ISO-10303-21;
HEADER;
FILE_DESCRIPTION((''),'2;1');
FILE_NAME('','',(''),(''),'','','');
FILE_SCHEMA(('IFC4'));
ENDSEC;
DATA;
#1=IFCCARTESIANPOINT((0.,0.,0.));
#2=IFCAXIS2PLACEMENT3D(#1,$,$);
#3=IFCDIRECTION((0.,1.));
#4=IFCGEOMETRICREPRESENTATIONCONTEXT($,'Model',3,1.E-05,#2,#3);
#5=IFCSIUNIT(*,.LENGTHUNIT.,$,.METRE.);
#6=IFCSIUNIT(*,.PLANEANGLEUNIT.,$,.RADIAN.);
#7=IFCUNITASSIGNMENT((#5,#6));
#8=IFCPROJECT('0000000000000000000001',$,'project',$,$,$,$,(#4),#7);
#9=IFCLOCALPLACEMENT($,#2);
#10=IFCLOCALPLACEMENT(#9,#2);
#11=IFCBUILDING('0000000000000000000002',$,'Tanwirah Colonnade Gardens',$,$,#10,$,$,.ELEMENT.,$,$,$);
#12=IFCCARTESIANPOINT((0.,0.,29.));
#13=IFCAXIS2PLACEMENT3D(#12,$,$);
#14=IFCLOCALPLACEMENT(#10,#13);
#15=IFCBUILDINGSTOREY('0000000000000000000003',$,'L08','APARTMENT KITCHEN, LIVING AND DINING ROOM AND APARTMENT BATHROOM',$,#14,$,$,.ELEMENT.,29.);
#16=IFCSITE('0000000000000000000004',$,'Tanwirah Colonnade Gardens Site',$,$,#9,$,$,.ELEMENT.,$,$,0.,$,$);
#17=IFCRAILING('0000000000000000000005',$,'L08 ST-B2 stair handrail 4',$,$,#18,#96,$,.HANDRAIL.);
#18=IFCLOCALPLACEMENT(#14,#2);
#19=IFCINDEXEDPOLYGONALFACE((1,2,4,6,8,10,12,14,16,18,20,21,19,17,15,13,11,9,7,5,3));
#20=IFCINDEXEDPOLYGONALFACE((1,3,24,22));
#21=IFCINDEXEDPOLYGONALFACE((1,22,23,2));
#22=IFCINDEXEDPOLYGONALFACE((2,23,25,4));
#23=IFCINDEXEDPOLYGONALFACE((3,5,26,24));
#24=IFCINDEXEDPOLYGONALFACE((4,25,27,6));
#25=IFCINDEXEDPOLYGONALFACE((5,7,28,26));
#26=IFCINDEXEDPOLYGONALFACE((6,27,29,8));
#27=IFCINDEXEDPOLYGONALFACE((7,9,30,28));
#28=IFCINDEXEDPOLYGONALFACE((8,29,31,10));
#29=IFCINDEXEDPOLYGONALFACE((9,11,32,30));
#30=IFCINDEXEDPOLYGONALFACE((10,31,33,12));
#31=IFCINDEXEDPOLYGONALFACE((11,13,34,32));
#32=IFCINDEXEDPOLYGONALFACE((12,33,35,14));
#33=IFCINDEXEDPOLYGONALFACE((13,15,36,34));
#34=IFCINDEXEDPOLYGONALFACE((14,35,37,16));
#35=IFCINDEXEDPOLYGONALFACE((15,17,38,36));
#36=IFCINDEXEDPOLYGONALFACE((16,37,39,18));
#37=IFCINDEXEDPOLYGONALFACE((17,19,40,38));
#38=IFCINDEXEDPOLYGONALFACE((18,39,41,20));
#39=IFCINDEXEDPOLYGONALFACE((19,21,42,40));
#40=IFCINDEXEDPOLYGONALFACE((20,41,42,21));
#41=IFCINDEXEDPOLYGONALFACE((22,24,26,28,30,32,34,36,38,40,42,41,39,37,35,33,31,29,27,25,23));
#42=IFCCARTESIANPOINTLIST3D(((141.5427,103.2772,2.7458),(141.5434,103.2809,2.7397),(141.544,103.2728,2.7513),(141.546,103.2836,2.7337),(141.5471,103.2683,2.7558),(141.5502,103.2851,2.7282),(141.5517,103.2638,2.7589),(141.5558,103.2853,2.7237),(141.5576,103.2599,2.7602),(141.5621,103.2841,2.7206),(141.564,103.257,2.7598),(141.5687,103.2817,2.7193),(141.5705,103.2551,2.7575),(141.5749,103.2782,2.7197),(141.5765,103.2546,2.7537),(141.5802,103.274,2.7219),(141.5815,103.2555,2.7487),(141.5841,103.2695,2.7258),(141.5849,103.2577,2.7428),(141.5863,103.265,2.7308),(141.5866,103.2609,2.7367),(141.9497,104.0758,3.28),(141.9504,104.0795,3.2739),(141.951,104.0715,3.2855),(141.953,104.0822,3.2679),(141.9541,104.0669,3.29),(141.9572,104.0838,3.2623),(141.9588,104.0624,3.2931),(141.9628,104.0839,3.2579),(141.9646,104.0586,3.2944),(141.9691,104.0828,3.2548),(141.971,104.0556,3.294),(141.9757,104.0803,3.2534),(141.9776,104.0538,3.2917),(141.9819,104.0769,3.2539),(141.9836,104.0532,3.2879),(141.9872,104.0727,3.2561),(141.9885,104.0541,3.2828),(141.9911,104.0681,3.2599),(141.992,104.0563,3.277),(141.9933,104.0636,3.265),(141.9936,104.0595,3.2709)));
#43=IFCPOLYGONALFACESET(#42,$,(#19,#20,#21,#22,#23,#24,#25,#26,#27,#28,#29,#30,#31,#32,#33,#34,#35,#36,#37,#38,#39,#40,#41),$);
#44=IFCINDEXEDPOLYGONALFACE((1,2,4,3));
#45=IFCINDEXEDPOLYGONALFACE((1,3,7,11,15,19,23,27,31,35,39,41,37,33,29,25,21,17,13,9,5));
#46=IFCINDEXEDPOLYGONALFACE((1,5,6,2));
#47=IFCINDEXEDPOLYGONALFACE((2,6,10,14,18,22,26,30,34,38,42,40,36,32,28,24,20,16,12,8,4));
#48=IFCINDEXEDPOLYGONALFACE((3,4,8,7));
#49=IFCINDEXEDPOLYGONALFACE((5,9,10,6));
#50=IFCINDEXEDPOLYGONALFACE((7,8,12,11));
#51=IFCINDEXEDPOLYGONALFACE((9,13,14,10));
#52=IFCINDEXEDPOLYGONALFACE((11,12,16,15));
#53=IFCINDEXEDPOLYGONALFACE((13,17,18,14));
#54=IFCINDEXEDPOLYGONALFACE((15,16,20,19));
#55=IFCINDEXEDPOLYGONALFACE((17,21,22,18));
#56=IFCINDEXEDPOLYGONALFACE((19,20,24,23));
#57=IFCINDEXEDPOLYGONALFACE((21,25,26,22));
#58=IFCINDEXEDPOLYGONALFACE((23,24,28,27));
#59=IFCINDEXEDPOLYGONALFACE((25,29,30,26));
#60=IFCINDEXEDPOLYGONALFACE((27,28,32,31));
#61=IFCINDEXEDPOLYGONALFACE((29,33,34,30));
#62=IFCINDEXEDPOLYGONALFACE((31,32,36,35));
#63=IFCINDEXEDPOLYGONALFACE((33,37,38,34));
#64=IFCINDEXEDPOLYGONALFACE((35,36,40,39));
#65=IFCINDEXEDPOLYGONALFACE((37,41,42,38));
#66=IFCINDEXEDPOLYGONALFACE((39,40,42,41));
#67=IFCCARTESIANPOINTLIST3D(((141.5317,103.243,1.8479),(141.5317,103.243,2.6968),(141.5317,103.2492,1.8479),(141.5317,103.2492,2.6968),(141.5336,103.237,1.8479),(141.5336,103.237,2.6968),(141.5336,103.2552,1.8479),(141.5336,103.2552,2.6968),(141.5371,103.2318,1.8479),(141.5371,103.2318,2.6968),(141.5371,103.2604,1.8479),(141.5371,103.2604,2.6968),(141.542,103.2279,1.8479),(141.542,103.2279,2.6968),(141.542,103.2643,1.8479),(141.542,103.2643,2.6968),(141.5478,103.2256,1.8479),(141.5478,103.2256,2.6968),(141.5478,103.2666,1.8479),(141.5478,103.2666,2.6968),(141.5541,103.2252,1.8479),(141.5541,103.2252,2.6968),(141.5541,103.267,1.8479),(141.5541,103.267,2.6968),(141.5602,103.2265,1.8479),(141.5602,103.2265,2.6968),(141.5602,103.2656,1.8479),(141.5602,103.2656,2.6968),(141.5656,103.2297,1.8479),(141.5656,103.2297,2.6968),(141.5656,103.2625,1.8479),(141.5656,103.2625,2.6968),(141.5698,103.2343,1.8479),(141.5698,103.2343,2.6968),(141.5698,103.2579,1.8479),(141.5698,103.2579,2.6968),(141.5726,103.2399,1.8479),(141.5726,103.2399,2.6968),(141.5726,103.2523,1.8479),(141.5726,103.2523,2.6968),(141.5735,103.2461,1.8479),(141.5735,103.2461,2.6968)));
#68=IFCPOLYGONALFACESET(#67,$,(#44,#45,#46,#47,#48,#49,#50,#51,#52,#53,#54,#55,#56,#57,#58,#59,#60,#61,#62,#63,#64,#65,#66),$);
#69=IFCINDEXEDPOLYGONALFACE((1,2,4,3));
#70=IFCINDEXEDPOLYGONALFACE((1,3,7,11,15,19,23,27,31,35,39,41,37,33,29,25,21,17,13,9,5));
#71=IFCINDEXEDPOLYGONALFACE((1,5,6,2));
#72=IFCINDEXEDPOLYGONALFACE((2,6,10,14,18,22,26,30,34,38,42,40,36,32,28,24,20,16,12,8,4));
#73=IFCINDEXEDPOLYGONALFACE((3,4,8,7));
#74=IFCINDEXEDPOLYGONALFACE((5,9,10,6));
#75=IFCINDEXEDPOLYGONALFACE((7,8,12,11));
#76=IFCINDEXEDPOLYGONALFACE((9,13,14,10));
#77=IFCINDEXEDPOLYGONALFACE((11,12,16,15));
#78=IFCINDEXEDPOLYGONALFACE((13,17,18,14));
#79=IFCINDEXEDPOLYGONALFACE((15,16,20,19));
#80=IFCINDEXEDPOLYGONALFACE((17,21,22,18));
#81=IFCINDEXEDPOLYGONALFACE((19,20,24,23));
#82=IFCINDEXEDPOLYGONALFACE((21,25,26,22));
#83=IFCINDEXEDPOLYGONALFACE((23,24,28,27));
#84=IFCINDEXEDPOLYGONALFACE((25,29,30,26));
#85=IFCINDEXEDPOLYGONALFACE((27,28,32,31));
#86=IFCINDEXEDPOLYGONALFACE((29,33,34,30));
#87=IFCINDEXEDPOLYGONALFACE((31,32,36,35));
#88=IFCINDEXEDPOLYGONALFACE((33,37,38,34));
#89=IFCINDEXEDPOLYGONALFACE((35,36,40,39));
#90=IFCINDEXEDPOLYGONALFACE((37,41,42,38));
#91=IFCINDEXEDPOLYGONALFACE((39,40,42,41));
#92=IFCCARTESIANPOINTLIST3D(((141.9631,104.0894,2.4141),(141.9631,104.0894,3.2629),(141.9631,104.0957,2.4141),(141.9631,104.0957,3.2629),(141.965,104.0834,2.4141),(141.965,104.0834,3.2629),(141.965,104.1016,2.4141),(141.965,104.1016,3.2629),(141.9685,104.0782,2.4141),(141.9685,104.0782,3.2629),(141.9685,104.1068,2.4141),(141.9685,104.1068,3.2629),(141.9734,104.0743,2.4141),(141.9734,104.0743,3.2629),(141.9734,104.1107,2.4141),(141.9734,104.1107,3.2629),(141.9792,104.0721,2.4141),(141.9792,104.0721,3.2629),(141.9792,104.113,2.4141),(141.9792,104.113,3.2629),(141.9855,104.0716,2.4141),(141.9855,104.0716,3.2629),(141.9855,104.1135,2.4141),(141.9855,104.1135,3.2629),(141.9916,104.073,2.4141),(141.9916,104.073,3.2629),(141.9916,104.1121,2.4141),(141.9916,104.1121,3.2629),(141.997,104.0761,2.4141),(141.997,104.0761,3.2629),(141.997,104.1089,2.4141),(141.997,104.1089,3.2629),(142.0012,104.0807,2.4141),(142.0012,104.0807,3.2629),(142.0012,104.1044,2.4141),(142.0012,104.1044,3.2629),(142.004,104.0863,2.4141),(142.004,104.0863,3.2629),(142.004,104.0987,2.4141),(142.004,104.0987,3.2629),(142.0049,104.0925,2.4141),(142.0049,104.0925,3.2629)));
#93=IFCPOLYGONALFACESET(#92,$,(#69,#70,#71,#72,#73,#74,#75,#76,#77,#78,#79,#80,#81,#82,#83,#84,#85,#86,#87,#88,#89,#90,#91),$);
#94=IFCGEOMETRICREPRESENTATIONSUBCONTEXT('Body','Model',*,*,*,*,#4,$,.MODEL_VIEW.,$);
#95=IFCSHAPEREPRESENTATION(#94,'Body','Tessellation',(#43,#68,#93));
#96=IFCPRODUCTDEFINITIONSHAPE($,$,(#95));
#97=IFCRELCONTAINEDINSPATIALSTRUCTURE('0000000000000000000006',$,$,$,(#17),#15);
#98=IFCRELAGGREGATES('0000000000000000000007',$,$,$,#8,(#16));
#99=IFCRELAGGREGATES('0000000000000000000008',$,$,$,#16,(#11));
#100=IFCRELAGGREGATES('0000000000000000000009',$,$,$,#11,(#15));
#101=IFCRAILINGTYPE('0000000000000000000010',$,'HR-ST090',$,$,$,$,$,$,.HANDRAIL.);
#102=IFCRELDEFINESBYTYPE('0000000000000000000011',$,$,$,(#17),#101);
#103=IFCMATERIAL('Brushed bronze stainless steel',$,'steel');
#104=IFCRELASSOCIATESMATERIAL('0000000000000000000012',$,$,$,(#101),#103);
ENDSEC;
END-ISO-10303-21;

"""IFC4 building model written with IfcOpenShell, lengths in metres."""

from ifc_helpers import new_model, si_unit, direction, frame, origin, origin_2d, place, context, subcontext, project, spatial, circle, extrude, material, type_object, element, save


model = new_model("IFC4")

# Units and contexts
model_context = context("Model", 3, precision=1e-05, world=origin(), true_north=direction((0.0, 1.0)))
body_context = subcontext(model_context, "Body", "Model", "MODEL_VIEW")
ifc_project = project(units=[si_unit("LENGTHUNIT", "METRE"), si_unit("PLANEANGLEUNIT", "RADIAN")], contexts=[model_context])

# Site, building, storey
site_placement = place(None, origin())
site = spatial("IfcSite", under=ifc_project, at=site_placement, Name="Tanwirah Colonnade Gardens Site", CompositionType="ELEMENT", RefElevation=0.0)
building_placement = place(site_placement, origin())
building = spatial("IfcBuilding", under=site, at=building_placement, Name="Tanwirah Colonnade Gardens", CompositionType="ELEMENT")
storey_placement = place(building_placement, frame((0.0, 0.0, 29.0)))
storey = spatial("IfcBuildingStorey", under=building, at=storey_placement, Name="L08", Description="APARTMENT KITCHEN, LIVING AND DINING ROOM AND APARTMENT BATHROOM", CompositionType="ELEMENT", Elevation=29.0)

# Railing
ifc_material_1 = material(Name="Brushed bronze stainless steel", Category="steel")
railing_type_1 = type_object("IfcRailingType", Name="HR-ST090", PredefinedType="HANDRAIL", material=ifc_material_1)
railing_1_placement = place(storey_placement, frame((141.5525, 103.2461, 1.8479)))
element("IfcRailing", 1, at=railing_1_placement, inside=storey, type_object=railing_type_1, Name="L08 ST-B2 stair handrail 4", PredefinedType="HANDRAIL", context=body_context, shape_type="SweptSolid", body=[
    extrude(circle(Radius=0.0239, at=origin_2d()), frame((0.0122, 0.0239, 0.8918), z_axis=(0.390073, 0.765356, 0.51193), x_axis=(-0.890957, 0.454087, 0.0)), (0.0, 0.0, 1.0), 1.0435),
    extrude(circle(Radius=0.021, at=origin_2d()), origin(), (0.0, 0.0, 1.0), 0.8489),
    extrude(circle(Radius=0.021, at=origin_2d()), frame((0.4314, 0.8464, 0.5662)), (0.0, 0.0, 1.0), 0.8489),
])

save(model, "model.ifc")
